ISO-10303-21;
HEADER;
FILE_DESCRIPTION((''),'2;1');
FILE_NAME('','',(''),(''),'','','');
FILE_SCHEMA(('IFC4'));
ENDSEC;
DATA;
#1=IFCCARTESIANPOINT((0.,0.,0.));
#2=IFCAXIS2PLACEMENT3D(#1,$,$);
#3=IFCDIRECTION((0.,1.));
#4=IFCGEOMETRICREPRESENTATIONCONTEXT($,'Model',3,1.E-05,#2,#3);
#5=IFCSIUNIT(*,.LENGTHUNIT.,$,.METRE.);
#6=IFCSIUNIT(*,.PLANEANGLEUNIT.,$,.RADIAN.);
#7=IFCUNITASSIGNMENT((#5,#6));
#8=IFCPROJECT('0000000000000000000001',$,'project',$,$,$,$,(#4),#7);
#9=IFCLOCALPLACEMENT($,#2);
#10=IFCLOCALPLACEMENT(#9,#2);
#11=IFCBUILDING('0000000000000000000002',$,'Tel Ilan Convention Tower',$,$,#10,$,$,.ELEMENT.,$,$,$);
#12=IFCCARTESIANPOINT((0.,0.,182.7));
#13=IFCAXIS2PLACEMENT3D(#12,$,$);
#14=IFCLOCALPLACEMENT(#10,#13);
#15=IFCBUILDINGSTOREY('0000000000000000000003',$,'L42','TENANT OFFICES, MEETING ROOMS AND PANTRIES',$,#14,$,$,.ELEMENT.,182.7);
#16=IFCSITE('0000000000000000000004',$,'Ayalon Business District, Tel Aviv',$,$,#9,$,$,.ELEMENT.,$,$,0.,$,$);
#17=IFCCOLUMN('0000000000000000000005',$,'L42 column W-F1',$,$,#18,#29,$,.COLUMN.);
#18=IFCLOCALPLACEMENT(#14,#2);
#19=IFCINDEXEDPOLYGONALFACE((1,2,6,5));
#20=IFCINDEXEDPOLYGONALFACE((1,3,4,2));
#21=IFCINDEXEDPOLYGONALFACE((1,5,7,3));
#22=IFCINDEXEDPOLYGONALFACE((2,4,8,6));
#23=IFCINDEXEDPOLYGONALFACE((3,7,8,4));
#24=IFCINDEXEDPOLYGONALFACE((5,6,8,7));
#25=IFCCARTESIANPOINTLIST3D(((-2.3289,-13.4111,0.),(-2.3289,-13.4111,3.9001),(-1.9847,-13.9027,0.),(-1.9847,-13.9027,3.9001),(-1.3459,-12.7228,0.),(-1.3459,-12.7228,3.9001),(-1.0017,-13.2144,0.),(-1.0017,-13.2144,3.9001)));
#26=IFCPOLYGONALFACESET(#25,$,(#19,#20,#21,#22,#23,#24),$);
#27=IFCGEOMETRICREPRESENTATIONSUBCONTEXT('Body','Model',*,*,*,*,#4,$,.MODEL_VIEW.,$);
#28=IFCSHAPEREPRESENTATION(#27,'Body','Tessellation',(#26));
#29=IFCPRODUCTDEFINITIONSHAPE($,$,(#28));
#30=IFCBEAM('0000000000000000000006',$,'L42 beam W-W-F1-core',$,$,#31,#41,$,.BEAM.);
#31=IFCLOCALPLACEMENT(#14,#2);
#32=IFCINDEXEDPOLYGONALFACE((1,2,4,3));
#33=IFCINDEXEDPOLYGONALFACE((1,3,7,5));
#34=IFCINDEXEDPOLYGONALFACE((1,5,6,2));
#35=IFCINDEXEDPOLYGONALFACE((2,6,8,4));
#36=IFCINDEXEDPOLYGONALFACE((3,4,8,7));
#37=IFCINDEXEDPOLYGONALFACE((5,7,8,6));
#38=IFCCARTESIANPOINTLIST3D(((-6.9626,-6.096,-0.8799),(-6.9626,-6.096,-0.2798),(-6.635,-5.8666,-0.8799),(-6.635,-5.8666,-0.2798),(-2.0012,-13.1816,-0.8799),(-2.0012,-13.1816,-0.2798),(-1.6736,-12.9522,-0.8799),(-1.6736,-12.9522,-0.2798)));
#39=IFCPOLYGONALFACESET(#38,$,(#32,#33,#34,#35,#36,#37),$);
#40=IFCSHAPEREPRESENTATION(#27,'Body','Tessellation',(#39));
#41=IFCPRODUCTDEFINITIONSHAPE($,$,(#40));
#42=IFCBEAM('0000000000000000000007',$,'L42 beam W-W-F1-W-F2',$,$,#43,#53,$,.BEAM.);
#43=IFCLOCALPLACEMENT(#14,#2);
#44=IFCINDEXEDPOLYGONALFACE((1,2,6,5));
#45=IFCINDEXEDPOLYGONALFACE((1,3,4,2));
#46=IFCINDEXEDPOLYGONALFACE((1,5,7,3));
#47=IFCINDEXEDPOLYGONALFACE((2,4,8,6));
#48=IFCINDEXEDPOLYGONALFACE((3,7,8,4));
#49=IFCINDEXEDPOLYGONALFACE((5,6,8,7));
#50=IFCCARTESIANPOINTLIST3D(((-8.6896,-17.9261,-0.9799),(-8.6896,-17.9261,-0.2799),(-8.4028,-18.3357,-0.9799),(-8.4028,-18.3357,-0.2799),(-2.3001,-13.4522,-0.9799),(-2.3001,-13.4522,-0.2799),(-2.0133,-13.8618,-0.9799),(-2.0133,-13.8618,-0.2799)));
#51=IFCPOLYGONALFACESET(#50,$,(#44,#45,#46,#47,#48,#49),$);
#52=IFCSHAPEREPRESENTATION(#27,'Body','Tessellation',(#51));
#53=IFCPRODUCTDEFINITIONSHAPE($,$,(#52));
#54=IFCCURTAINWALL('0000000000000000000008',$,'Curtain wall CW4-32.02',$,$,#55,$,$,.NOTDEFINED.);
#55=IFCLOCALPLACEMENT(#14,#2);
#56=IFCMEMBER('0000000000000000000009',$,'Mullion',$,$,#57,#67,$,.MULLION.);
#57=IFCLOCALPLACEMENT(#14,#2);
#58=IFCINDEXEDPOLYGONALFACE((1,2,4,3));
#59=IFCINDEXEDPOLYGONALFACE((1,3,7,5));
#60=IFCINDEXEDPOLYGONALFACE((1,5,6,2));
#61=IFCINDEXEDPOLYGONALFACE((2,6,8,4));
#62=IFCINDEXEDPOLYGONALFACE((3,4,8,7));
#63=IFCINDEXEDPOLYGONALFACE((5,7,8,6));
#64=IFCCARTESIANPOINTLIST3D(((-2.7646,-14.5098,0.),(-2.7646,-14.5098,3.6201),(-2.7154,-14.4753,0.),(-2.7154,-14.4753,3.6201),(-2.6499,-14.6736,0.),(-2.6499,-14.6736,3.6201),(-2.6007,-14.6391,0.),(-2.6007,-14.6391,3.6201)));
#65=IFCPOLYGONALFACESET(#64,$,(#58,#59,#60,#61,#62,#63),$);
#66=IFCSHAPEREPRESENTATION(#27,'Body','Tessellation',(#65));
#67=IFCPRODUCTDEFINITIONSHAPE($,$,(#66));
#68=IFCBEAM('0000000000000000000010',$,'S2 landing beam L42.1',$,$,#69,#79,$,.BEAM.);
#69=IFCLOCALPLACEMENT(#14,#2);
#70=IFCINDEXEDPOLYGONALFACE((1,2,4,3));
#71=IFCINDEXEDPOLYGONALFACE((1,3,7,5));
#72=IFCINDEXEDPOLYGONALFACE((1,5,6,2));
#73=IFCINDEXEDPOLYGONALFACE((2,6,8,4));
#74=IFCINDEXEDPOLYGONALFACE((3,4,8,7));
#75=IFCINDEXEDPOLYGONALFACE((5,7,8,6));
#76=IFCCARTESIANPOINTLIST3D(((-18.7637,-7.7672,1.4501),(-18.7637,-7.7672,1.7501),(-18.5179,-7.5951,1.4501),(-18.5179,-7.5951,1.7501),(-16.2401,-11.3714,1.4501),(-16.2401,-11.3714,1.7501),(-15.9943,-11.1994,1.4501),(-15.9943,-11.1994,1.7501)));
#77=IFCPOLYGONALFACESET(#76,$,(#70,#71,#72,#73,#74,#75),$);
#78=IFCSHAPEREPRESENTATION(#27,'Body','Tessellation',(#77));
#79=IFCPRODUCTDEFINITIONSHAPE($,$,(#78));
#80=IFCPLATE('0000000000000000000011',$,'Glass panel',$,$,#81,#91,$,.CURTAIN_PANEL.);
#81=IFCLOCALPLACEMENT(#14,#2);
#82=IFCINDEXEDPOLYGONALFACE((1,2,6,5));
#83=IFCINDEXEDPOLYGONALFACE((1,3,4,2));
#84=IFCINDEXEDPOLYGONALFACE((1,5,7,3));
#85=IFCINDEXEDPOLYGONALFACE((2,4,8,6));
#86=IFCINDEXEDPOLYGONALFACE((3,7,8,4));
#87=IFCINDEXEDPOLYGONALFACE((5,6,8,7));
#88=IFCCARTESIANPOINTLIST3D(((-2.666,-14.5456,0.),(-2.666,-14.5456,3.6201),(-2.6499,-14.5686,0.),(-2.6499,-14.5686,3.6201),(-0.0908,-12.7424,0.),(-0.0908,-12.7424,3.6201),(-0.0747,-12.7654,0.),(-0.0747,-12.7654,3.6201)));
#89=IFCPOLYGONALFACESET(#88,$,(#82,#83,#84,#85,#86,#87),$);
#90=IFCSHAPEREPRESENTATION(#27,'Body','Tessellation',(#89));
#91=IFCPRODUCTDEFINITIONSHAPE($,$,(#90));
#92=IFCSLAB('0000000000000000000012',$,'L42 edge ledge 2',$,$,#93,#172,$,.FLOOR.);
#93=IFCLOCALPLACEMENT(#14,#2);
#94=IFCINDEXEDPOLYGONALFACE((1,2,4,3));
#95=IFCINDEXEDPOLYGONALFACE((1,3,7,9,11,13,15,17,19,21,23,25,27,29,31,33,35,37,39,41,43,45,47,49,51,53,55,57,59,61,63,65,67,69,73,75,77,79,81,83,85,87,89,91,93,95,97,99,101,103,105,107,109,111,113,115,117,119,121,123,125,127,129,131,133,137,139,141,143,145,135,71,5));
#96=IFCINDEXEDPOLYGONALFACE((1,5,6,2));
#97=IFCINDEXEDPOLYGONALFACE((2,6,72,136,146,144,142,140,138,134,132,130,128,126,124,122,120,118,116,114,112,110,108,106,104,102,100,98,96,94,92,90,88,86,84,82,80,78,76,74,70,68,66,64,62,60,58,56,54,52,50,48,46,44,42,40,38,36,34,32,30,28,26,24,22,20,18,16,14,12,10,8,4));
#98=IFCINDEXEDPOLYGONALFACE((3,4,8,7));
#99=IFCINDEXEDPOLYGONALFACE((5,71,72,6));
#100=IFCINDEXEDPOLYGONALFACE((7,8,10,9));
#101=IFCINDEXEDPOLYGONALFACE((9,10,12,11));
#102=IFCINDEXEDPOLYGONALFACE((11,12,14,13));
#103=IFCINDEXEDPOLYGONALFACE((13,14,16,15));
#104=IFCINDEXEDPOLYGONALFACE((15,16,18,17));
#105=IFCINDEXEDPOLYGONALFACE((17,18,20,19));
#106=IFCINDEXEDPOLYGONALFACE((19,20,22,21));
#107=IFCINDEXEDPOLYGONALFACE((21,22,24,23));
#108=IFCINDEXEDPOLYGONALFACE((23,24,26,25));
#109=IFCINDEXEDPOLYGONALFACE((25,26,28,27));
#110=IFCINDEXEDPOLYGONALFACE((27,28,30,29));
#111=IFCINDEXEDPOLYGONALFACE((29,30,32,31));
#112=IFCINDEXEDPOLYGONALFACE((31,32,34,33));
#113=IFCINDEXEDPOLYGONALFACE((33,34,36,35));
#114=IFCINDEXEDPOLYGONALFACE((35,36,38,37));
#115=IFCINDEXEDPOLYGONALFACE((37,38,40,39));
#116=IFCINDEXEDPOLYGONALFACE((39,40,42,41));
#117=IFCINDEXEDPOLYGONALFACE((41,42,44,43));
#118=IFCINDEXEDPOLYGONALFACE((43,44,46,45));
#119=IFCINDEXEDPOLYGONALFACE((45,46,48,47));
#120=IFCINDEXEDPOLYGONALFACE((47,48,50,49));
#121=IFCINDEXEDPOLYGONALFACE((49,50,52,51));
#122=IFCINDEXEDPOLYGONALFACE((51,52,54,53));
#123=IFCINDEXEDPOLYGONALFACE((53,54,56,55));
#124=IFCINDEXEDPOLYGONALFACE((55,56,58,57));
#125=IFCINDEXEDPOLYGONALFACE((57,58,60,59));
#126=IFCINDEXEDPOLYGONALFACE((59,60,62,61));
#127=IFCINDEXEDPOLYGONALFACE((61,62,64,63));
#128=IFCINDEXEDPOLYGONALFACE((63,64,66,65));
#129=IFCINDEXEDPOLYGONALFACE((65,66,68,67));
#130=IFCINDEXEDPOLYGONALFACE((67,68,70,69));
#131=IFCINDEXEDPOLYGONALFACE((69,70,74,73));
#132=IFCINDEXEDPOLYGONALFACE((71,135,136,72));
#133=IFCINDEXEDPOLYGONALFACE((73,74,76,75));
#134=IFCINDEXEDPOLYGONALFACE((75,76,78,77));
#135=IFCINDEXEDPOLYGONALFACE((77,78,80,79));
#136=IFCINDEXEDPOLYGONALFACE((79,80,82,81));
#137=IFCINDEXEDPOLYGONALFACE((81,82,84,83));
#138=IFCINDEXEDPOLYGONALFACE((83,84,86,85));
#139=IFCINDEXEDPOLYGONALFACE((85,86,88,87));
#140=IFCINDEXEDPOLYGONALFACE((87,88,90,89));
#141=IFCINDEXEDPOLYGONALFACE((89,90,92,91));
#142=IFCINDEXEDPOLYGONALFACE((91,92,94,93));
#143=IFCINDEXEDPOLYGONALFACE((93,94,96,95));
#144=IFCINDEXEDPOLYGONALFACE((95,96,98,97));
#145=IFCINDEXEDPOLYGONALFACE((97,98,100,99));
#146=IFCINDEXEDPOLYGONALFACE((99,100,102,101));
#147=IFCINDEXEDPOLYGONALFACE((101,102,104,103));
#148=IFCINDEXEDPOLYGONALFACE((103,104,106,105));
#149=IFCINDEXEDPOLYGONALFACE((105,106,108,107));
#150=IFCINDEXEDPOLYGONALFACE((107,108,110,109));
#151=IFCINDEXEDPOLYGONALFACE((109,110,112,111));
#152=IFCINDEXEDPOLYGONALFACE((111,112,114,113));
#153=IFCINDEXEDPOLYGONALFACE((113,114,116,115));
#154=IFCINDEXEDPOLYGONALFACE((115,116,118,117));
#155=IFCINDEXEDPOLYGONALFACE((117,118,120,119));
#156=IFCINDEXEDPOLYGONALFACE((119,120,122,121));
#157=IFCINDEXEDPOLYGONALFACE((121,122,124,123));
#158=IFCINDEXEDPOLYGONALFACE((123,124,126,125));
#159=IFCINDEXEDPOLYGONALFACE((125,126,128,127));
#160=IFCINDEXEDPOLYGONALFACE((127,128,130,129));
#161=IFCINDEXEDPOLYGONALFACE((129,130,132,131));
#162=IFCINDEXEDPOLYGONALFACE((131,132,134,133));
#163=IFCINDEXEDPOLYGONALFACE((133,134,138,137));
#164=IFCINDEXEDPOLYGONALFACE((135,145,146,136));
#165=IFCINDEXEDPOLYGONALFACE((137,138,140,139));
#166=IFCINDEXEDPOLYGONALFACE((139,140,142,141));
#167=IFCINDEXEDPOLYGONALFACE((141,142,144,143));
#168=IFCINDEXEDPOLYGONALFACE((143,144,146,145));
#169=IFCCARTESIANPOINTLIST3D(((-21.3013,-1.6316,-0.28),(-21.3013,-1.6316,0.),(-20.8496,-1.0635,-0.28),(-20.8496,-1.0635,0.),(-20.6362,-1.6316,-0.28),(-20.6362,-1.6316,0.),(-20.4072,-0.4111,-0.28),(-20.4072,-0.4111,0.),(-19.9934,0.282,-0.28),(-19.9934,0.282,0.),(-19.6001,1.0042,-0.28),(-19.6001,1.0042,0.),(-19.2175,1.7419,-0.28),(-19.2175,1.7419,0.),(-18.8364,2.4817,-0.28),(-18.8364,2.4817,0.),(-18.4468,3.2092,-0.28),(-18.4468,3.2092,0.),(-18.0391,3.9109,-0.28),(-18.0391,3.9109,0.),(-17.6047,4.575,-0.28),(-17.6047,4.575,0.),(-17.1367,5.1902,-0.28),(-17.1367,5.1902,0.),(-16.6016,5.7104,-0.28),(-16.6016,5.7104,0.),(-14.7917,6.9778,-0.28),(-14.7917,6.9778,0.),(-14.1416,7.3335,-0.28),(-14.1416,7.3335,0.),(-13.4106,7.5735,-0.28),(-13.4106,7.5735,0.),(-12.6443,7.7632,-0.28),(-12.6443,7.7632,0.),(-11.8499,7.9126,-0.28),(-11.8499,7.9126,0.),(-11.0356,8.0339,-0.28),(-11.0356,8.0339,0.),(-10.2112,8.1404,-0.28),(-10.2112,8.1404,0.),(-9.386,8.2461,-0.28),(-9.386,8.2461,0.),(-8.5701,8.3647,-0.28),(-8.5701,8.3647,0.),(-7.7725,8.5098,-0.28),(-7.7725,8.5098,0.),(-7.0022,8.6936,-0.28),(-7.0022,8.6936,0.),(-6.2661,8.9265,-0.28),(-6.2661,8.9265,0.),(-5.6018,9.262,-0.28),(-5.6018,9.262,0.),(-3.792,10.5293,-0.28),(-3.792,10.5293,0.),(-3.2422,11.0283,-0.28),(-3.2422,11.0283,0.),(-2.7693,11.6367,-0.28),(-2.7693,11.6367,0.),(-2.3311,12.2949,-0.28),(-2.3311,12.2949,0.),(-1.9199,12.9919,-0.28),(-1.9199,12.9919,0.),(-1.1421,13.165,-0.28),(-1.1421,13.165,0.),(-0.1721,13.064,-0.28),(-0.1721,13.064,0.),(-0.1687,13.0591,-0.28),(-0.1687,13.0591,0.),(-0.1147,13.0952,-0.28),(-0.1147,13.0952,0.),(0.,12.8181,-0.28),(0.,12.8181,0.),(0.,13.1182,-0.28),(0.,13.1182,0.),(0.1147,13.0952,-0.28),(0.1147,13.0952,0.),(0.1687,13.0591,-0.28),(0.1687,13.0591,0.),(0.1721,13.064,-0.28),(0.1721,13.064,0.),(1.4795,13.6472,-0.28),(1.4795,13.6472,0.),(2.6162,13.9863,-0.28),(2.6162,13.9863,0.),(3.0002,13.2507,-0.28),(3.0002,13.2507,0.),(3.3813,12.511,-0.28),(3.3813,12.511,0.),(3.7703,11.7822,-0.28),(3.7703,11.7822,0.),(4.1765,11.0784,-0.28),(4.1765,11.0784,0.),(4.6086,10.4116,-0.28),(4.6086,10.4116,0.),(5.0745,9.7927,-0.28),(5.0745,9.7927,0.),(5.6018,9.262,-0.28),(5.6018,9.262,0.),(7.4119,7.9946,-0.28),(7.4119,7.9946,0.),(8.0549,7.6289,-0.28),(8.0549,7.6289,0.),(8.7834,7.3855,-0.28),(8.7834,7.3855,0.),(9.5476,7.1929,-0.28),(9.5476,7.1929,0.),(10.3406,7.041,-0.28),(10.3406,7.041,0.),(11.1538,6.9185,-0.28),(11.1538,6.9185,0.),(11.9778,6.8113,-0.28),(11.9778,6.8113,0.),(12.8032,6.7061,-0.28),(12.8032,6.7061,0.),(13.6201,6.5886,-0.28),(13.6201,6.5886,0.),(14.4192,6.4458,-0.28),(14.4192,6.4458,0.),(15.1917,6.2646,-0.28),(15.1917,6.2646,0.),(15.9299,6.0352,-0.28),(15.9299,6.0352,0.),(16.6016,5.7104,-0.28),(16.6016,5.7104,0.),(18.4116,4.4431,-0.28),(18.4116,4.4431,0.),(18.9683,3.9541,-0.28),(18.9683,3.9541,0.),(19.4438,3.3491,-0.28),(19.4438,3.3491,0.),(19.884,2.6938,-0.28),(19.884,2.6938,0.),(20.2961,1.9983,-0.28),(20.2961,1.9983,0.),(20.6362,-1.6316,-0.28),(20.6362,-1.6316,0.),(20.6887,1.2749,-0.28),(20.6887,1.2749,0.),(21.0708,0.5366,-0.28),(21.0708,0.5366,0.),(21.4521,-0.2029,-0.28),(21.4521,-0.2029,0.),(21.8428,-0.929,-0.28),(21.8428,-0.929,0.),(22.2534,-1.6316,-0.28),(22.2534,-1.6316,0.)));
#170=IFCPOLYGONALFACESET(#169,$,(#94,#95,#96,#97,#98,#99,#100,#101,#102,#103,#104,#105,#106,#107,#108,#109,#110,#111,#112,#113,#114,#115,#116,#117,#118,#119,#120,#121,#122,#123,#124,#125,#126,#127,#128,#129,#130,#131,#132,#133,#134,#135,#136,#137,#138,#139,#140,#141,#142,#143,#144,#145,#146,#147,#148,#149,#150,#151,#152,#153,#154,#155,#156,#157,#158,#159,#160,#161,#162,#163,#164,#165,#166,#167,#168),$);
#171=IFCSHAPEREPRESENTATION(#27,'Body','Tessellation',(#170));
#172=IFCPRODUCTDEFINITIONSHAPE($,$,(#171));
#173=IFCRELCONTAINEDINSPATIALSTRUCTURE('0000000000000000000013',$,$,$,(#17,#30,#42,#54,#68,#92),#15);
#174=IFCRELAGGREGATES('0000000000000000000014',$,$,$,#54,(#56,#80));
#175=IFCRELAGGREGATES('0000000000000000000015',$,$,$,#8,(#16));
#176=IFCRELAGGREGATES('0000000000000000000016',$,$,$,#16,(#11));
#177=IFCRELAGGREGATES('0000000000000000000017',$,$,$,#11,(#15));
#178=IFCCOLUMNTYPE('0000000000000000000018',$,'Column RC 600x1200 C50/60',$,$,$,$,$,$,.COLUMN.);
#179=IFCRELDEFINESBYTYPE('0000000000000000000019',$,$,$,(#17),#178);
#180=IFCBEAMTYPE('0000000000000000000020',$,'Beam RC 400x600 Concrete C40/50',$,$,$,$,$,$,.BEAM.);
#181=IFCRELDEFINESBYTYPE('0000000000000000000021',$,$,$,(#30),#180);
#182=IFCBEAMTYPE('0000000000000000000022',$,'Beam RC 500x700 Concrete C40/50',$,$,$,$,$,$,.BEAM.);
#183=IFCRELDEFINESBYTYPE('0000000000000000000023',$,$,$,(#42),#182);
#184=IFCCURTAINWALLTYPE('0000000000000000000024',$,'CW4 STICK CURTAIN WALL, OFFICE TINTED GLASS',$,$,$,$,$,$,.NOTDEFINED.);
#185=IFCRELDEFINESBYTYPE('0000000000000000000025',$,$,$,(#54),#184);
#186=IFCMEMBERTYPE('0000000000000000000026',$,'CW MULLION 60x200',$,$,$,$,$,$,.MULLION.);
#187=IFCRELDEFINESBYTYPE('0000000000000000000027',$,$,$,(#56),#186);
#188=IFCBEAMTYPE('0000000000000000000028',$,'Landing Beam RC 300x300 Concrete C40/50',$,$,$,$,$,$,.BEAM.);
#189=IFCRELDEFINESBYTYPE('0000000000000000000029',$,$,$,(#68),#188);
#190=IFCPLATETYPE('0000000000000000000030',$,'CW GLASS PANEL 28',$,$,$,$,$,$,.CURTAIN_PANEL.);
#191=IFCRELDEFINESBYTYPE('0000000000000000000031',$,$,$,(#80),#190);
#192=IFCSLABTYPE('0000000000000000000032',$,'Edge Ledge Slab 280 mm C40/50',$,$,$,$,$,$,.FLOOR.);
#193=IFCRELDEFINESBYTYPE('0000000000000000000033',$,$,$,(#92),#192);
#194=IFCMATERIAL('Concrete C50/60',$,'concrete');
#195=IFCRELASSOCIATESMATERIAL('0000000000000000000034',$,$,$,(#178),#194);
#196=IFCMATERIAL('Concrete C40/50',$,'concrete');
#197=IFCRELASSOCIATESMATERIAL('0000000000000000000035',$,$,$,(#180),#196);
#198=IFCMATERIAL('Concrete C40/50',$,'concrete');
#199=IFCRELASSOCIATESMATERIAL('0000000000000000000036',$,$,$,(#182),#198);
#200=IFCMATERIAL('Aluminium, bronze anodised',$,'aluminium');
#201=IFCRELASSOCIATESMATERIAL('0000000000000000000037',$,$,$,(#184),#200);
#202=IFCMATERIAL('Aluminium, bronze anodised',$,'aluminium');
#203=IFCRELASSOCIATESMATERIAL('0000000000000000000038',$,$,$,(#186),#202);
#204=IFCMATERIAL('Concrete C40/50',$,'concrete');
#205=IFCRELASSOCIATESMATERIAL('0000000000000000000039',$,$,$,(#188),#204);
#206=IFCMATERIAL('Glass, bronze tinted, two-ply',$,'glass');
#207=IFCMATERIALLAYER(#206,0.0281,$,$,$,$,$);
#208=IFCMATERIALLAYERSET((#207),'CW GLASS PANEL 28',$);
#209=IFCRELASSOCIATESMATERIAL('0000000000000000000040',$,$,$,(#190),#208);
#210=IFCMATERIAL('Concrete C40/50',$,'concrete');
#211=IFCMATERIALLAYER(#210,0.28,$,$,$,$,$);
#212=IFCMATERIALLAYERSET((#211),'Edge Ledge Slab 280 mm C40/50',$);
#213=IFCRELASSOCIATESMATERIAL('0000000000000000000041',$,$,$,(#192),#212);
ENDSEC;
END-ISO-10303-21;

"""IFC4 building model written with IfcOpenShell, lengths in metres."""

from ifc_helpers import new_model, si_unit, direction, frame, origin, origin_2d, place, context, subcontext, project, spatial, polyline, rectangle, outline, extrude, material, layer, layer_set, material_profile, profile_set, type_object, element, aggregate, save


model = new_model("IFC4")

# Units and contexts
model_context = context("Model", 3, precision=1e-05, world=origin(), true_north=direction((0.0, 1.0)))
body_context = subcontext(model_context, "Body", "Model", "MODEL_VIEW")
ifc_project = project(units=[si_unit("LENGTHUNIT", "METRE"), si_unit("PLANEANGLEUNIT", "RADIAN")], contexts=[model_context])

# Site, building, storey
site_placement = place(None, origin())
site = spatial("IfcSite", under=ifc_project, at=site_placement, Name="Ayalon Business District, Tel Aviv", CompositionType="ELEMENT", RefElevation=0.0)
building_placement = place(site_placement, origin())
building = spatial("IfcBuilding", under=site, at=building_placement, Name="Tel Ilan Convention Tower", CompositionType="ELEMENT")
storey_placement = place(building_placement, frame((0.0, 0.0, 182.7)))
storey = spatial("IfcBuildingStorey", under=building, at=storey_placement, Name="L42", Description="TENANT OFFICES, MEETING ROOMS AND PANTRIES", CompositionType="ELEMENT", Elevation=182.7)

# Column
ifc_material_1 = material(Name="Concrete C50/60", Category="concrete")
ifc_material_profile_1 = material_profile(ifc_material_1, rectangle(XDim=1.2, YDim=0.6001, at=origin_2d()), Name="RC 600x1200")
ifc_profile_set_1 = profile_set([ifc_material_profile_1], Name="Concrete C50/60")
column_type = type_object("IfcColumnType", Name="Column RC 600x1200 C50/60", PredefinedType="COLUMN", material=ifc_profile_set_1)
column_placement = place(storey_placement, frame((-1.6653, -13.3127, 0.0), z_axis=(0.0, 0.0, 1.0), x_axis=(-0.819152, -0.573576, 0.0)))
element("IfcColumn", 1, at=column_placement, inside=storey, type_object=column_type, Name="L42 column W-F1", PredefinedType="COLUMN", context=body_context, shape_type="SweptSolid", body=[
    extrude(rectangle(XDim=1.2, YDim=0.6001, at=origin_2d()), origin(), (0.0, 0.0, 1.0), 3.9001),
])

# Beams
ifc_material_2 = material(Name="Concrete C40/50", Category="concrete")
ifc_material_profile_2 = material_profile(ifc_material_2, rectangle(XDim=0.3999, YDim=0.6001, at=origin_2d()), Name="RC 400x600")
ifc_profile_set_2 = profile_set([ifc_material_profile_2], Name="Concrete C40/50")
beam_type_1 = type_object("IfcBeamType", Name="Beam RC 400x600 Concrete C40/50", PredefinedType="BEAM", material=ifc_profile_set_2)
beam_1_placement = place(storey_placement, frame((-1.8374, -13.0669, -0.5798), z_axis=(-0.573574, 0.819154, 0.0), x_axis=(-0.819154, -0.573574, 0.0)))
element("IfcBeam", 2, at=beam_1_placement, inside=storey, type_object=beam_type_1, Name="L42 beam W-W-F1-core", PredefinedType="BEAM", context=body_context, shape_type="SweptSolid", body=[
    extrude(rectangle(XDim=0.3999, YDim=0.6001, at=origin_2d()), origin(), (0.0, 0.0, 1.0), 8.6499),
])
ifc_material_3 = material(Name="Concrete C40/50", Category="concrete")
ifc_material_profile_3 = material_profile(ifc_material_3, rectangle(XDim=0.5, YDim=0.7, at=origin_2d()), Name="RC 500x700")
ifc_profile_set_3 = profile_set([ifc_material_profile_3], Name="Concrete C40/50")
beam_type_2 = type_object("IfcBeamType", Name="Beam RC 500x700 Concrete C40/50", PredefinedType="BEAM", material=ifc_profile_set_3)
beam_2_placement = place(storey_placement, frame((-2.1567, -13.657, -0.6299), z_axis=(-0.819154, -0.573574, 0.0), x_axis=(0.573574, -0.819154, 0.0)))
element("IfcBeam", 3, at=beam_2_placement, inside=storey, type_object=beam_type_2, Name="L42 beam W-W-F1-W-F2", PredefinedType="BEAM", context=body_context, shape_type="SweptSolid", body=[
    extrude(rectangle(XDim=0.5, YDim=0.7, at=origin_2d()), origin(), (0.0, 0.0, 1.0), 7.8),
])

# Curtain wall, member
ifc_material_4 = material(Name="Aluminium, bronze anodised", Category="aluminium")
curtain_wall_type = type_object("IfcCurtainWallType", Name="CW4 STICK CURTAIN WALL, OFFICE TINTED GLASS", PredefinedType="NOTDEFINED", material=ifc_material_4)
curtain_wall_placement = place(storey_placement, origin())
curtain_wall = element("IfcCurtainWall", 4, at=curtain_wall_placement, inside=storey, type_object=curtain_wall_type, Name="Curtain wall CW4-32.02", PredefinedType="NOTDEFINED")
ifc_material_5 = material(Name="Aluminium, bronze anodised", Category="aluminium")
ifc_material_profile_4 = material_profile(ifc_material_5, rectangle(XDim=0.0601, YDim=0.2, at=origin_2d()), Name="CW MULLION 60x200")
ifc_profile_set_4 = profile_set([ifc_material_profile_4], Name="Aluminium, bronze anodised")
member_type = type_object("IfcMemberType", Name="CW MULLION 60x200", PredefinedType="MULLION", material=ifc_profile_set_4)
member_placement = place(storey_placement, frame((-2.6826, -14.5745, 0.0), z_axis=(0.0, 0.0, 1.0), x_axis=(0.819152, 0.573576, 0.0)))
member = element("IfcMember", 5, at=member_placement, type_object=member_type, Name="Mullion", PredefinedType="MULLION", context=body_context, shape_type="SweptSolid", body=[
    extrude(rectangle(XDim=0.0601, YDim=0.2, at=origin_2d()), origin(), (0.0, 0.0, 1.0), 3.6201),
])

# Beam
ifc_material_6 = material(Name="Concrete C40/50", Category="concrete")
ifc_material_profile_5 = material_profile(ifc_material_6, rectangle(XDim=0.3, YDim=0.3, at=origin_2d()), Name="RC 300x300")
ifc_profile_set_5 = profile_set([ifc_material_profile_5], Name="Concrete C40/50")
beam_type_3 = type_object("IfcBeamType", Name="Landing Beam RC 300x300 Concrete C40/50", PredefinedType="BEAM", material=ifc_profile_set_5)
beam_3_placement = place(storey_placement, frame((-16.1172, -11.2854, 1.6001), z_axis=(-0.57357, 0.819156, 0.0), x_axis=(-0.819156, -0.57357, 0.0)))
element("IfcBeam", 6, at=beam_3_placement, inside=storey, type_object=beam_type_3, Name="S2 landing beam L42.1", PredefinedType="BEAM", context=body_context, shape_type="SweptSolid", body=[
    extrude(rectangle(XDim=0.3, YDim=0.3, at=origin_2d()), origin(), (0.0, 0.0, 1.0), 4.3999),
])

# Plate
ifc_material_7 = material(Name="Glass, bronze tinted, two-ply", Category="glass")
ifc_layer_1 = layer(ifc_material_7, 0.0281)
ifc_layer_set_1 = layer_set([ifc_layer_1], Name="CW GLASS PANEL 28")
plate_type = type_object("IfcPlateType", Name="CW GLASS PANEL 28", PredefinedType="CURTAIN_PANEL", material=ifc_layer_set_1)
plate_placement = place(storey_placement, frame((-1.3704, -13.6555, 0.0), z_axis=(0.0, 0.0, 1.0), x_axis=(0.819152, 0.573576, 0.0)))
plate = element("IfcPlate", 7, at=plate_placement, type_object=plate_type, Name="Glass panel", PredefinedType="CURTAIN_PANEL", context=body_context, shape_type="SweptSolid", body=[
    extrude(rectangle(XDim=3.1438, YDim=0.0281, at=origin_2d()), origin(), (0.0, 0.0, 1.0), 3.6201),
])
aggregate(curtain_wall, [member, plate])

# Slab
ifc_material_8 = material(Name="Concrete C40/50", Category="concrete")
ifc_layer_2 = layer(ifc_material_8, 0.28)
ifc_layer_set_2 = layer_set([ifc_layer_2], Name="Edge Ledge Slab 280 mm C40/50")
slab_type_1 = type_object("IfcSlabType", Name="Edge Ledge Slab 280 mm C40/50", PredefinedType="FLOOR", material=ifc_layer_set_2)
slab_1_placement = place(storey_placement, frame((0.0, 0.0, -0.28)))
element("IfcSlab", 8, at=slab_1_placement, inside=storey, type_object=slab_type_1, Name="L42 edge ledge 2", PredefinedType="FLOOR", context=body_context, shape_type="SweptSolid", body=[
    extrude(outline(polyline([(-19.6001, 1.0042), (-19.2175, 1.7419), (-18.8364, 2.4817), (-18.4468, 3.2092), (-18.0391, 3.9109), (-17.6047, 4.575), (-17.1367, 5.1902), (-16.6016, 5.7104), (-14.7917, 6.9778), (-14.1416, 7.3335), (-13.4106, 7.5735), (-12.6443, 7.7632), (-11.8499, 7.9126), (-11.0356, 8.0339), (-10.2112, 8.1404), (-9.386, 8.2461), (-8.5701, 8.3647), (-7.7725, 8.5098), (-7.0022, 8.6936), (-6.2661, 8.9265), (-5.6018, 9.262), (-3.792, 10.5293), (-3.2422, 11.0283), (-2.7693, 11.6367), (-2.3311, 12.2949), (-1.9199, 12.9919), (-1.1421, 13.165), (-0.1721, 13.064), (-0.1687, 13.0591), (-0.1147, 13.0952), (0.0, 13.1182), (0.1147, 13.0952), (0.1687, 13.0591), (0.1721, 13.064), (1.4795, 13.6472), (2.6162, 13.9863), (3.0002, 13.2507), (3.3813, 12.511), (3.7703, 11.7822), (4.1765, 11.0784), (4.6086, 10.4116), (5.0745, 9.7927), (5.6018, 9.262), (7.4119, 7.9946), (8.0549, 7.6289), (8.7834, 7.3855), (9.5476, 7.1929), (10.3406, 7.041), (11.1538, 6.9185), (11.9778, 6.8113), (12.8032, 6.7061), (13.6201, 6.5886), (14.4192, 6.4458), (15.1917, 6.2646), (15.9299, 6.0352), (16.6016, 5.7104), (18.4116, 4.4431), (18.9683, 3.9541), (19.4438, 3.3491), (19.884, 2.6938), (20.2961, 1.9983), (20.6887, 1.2749), (21.0708, 0.5366), (21.4521, -0.2029), (21.8428, -0.929), (22.2534, -1.6316), (20.6362, -1.6316), (0.0, 12.8181), (-20.6362, -1.6316), (-21.3013, -1.6316), (-20.8496, -1.0635), (-20.4072, -0.4111), (-19.9934, 0.282), (-19.6001, 1.0042)])), origin(), (0.0, 0.0, 1.0), 0.28),
])

save(model, "model.ifc")
